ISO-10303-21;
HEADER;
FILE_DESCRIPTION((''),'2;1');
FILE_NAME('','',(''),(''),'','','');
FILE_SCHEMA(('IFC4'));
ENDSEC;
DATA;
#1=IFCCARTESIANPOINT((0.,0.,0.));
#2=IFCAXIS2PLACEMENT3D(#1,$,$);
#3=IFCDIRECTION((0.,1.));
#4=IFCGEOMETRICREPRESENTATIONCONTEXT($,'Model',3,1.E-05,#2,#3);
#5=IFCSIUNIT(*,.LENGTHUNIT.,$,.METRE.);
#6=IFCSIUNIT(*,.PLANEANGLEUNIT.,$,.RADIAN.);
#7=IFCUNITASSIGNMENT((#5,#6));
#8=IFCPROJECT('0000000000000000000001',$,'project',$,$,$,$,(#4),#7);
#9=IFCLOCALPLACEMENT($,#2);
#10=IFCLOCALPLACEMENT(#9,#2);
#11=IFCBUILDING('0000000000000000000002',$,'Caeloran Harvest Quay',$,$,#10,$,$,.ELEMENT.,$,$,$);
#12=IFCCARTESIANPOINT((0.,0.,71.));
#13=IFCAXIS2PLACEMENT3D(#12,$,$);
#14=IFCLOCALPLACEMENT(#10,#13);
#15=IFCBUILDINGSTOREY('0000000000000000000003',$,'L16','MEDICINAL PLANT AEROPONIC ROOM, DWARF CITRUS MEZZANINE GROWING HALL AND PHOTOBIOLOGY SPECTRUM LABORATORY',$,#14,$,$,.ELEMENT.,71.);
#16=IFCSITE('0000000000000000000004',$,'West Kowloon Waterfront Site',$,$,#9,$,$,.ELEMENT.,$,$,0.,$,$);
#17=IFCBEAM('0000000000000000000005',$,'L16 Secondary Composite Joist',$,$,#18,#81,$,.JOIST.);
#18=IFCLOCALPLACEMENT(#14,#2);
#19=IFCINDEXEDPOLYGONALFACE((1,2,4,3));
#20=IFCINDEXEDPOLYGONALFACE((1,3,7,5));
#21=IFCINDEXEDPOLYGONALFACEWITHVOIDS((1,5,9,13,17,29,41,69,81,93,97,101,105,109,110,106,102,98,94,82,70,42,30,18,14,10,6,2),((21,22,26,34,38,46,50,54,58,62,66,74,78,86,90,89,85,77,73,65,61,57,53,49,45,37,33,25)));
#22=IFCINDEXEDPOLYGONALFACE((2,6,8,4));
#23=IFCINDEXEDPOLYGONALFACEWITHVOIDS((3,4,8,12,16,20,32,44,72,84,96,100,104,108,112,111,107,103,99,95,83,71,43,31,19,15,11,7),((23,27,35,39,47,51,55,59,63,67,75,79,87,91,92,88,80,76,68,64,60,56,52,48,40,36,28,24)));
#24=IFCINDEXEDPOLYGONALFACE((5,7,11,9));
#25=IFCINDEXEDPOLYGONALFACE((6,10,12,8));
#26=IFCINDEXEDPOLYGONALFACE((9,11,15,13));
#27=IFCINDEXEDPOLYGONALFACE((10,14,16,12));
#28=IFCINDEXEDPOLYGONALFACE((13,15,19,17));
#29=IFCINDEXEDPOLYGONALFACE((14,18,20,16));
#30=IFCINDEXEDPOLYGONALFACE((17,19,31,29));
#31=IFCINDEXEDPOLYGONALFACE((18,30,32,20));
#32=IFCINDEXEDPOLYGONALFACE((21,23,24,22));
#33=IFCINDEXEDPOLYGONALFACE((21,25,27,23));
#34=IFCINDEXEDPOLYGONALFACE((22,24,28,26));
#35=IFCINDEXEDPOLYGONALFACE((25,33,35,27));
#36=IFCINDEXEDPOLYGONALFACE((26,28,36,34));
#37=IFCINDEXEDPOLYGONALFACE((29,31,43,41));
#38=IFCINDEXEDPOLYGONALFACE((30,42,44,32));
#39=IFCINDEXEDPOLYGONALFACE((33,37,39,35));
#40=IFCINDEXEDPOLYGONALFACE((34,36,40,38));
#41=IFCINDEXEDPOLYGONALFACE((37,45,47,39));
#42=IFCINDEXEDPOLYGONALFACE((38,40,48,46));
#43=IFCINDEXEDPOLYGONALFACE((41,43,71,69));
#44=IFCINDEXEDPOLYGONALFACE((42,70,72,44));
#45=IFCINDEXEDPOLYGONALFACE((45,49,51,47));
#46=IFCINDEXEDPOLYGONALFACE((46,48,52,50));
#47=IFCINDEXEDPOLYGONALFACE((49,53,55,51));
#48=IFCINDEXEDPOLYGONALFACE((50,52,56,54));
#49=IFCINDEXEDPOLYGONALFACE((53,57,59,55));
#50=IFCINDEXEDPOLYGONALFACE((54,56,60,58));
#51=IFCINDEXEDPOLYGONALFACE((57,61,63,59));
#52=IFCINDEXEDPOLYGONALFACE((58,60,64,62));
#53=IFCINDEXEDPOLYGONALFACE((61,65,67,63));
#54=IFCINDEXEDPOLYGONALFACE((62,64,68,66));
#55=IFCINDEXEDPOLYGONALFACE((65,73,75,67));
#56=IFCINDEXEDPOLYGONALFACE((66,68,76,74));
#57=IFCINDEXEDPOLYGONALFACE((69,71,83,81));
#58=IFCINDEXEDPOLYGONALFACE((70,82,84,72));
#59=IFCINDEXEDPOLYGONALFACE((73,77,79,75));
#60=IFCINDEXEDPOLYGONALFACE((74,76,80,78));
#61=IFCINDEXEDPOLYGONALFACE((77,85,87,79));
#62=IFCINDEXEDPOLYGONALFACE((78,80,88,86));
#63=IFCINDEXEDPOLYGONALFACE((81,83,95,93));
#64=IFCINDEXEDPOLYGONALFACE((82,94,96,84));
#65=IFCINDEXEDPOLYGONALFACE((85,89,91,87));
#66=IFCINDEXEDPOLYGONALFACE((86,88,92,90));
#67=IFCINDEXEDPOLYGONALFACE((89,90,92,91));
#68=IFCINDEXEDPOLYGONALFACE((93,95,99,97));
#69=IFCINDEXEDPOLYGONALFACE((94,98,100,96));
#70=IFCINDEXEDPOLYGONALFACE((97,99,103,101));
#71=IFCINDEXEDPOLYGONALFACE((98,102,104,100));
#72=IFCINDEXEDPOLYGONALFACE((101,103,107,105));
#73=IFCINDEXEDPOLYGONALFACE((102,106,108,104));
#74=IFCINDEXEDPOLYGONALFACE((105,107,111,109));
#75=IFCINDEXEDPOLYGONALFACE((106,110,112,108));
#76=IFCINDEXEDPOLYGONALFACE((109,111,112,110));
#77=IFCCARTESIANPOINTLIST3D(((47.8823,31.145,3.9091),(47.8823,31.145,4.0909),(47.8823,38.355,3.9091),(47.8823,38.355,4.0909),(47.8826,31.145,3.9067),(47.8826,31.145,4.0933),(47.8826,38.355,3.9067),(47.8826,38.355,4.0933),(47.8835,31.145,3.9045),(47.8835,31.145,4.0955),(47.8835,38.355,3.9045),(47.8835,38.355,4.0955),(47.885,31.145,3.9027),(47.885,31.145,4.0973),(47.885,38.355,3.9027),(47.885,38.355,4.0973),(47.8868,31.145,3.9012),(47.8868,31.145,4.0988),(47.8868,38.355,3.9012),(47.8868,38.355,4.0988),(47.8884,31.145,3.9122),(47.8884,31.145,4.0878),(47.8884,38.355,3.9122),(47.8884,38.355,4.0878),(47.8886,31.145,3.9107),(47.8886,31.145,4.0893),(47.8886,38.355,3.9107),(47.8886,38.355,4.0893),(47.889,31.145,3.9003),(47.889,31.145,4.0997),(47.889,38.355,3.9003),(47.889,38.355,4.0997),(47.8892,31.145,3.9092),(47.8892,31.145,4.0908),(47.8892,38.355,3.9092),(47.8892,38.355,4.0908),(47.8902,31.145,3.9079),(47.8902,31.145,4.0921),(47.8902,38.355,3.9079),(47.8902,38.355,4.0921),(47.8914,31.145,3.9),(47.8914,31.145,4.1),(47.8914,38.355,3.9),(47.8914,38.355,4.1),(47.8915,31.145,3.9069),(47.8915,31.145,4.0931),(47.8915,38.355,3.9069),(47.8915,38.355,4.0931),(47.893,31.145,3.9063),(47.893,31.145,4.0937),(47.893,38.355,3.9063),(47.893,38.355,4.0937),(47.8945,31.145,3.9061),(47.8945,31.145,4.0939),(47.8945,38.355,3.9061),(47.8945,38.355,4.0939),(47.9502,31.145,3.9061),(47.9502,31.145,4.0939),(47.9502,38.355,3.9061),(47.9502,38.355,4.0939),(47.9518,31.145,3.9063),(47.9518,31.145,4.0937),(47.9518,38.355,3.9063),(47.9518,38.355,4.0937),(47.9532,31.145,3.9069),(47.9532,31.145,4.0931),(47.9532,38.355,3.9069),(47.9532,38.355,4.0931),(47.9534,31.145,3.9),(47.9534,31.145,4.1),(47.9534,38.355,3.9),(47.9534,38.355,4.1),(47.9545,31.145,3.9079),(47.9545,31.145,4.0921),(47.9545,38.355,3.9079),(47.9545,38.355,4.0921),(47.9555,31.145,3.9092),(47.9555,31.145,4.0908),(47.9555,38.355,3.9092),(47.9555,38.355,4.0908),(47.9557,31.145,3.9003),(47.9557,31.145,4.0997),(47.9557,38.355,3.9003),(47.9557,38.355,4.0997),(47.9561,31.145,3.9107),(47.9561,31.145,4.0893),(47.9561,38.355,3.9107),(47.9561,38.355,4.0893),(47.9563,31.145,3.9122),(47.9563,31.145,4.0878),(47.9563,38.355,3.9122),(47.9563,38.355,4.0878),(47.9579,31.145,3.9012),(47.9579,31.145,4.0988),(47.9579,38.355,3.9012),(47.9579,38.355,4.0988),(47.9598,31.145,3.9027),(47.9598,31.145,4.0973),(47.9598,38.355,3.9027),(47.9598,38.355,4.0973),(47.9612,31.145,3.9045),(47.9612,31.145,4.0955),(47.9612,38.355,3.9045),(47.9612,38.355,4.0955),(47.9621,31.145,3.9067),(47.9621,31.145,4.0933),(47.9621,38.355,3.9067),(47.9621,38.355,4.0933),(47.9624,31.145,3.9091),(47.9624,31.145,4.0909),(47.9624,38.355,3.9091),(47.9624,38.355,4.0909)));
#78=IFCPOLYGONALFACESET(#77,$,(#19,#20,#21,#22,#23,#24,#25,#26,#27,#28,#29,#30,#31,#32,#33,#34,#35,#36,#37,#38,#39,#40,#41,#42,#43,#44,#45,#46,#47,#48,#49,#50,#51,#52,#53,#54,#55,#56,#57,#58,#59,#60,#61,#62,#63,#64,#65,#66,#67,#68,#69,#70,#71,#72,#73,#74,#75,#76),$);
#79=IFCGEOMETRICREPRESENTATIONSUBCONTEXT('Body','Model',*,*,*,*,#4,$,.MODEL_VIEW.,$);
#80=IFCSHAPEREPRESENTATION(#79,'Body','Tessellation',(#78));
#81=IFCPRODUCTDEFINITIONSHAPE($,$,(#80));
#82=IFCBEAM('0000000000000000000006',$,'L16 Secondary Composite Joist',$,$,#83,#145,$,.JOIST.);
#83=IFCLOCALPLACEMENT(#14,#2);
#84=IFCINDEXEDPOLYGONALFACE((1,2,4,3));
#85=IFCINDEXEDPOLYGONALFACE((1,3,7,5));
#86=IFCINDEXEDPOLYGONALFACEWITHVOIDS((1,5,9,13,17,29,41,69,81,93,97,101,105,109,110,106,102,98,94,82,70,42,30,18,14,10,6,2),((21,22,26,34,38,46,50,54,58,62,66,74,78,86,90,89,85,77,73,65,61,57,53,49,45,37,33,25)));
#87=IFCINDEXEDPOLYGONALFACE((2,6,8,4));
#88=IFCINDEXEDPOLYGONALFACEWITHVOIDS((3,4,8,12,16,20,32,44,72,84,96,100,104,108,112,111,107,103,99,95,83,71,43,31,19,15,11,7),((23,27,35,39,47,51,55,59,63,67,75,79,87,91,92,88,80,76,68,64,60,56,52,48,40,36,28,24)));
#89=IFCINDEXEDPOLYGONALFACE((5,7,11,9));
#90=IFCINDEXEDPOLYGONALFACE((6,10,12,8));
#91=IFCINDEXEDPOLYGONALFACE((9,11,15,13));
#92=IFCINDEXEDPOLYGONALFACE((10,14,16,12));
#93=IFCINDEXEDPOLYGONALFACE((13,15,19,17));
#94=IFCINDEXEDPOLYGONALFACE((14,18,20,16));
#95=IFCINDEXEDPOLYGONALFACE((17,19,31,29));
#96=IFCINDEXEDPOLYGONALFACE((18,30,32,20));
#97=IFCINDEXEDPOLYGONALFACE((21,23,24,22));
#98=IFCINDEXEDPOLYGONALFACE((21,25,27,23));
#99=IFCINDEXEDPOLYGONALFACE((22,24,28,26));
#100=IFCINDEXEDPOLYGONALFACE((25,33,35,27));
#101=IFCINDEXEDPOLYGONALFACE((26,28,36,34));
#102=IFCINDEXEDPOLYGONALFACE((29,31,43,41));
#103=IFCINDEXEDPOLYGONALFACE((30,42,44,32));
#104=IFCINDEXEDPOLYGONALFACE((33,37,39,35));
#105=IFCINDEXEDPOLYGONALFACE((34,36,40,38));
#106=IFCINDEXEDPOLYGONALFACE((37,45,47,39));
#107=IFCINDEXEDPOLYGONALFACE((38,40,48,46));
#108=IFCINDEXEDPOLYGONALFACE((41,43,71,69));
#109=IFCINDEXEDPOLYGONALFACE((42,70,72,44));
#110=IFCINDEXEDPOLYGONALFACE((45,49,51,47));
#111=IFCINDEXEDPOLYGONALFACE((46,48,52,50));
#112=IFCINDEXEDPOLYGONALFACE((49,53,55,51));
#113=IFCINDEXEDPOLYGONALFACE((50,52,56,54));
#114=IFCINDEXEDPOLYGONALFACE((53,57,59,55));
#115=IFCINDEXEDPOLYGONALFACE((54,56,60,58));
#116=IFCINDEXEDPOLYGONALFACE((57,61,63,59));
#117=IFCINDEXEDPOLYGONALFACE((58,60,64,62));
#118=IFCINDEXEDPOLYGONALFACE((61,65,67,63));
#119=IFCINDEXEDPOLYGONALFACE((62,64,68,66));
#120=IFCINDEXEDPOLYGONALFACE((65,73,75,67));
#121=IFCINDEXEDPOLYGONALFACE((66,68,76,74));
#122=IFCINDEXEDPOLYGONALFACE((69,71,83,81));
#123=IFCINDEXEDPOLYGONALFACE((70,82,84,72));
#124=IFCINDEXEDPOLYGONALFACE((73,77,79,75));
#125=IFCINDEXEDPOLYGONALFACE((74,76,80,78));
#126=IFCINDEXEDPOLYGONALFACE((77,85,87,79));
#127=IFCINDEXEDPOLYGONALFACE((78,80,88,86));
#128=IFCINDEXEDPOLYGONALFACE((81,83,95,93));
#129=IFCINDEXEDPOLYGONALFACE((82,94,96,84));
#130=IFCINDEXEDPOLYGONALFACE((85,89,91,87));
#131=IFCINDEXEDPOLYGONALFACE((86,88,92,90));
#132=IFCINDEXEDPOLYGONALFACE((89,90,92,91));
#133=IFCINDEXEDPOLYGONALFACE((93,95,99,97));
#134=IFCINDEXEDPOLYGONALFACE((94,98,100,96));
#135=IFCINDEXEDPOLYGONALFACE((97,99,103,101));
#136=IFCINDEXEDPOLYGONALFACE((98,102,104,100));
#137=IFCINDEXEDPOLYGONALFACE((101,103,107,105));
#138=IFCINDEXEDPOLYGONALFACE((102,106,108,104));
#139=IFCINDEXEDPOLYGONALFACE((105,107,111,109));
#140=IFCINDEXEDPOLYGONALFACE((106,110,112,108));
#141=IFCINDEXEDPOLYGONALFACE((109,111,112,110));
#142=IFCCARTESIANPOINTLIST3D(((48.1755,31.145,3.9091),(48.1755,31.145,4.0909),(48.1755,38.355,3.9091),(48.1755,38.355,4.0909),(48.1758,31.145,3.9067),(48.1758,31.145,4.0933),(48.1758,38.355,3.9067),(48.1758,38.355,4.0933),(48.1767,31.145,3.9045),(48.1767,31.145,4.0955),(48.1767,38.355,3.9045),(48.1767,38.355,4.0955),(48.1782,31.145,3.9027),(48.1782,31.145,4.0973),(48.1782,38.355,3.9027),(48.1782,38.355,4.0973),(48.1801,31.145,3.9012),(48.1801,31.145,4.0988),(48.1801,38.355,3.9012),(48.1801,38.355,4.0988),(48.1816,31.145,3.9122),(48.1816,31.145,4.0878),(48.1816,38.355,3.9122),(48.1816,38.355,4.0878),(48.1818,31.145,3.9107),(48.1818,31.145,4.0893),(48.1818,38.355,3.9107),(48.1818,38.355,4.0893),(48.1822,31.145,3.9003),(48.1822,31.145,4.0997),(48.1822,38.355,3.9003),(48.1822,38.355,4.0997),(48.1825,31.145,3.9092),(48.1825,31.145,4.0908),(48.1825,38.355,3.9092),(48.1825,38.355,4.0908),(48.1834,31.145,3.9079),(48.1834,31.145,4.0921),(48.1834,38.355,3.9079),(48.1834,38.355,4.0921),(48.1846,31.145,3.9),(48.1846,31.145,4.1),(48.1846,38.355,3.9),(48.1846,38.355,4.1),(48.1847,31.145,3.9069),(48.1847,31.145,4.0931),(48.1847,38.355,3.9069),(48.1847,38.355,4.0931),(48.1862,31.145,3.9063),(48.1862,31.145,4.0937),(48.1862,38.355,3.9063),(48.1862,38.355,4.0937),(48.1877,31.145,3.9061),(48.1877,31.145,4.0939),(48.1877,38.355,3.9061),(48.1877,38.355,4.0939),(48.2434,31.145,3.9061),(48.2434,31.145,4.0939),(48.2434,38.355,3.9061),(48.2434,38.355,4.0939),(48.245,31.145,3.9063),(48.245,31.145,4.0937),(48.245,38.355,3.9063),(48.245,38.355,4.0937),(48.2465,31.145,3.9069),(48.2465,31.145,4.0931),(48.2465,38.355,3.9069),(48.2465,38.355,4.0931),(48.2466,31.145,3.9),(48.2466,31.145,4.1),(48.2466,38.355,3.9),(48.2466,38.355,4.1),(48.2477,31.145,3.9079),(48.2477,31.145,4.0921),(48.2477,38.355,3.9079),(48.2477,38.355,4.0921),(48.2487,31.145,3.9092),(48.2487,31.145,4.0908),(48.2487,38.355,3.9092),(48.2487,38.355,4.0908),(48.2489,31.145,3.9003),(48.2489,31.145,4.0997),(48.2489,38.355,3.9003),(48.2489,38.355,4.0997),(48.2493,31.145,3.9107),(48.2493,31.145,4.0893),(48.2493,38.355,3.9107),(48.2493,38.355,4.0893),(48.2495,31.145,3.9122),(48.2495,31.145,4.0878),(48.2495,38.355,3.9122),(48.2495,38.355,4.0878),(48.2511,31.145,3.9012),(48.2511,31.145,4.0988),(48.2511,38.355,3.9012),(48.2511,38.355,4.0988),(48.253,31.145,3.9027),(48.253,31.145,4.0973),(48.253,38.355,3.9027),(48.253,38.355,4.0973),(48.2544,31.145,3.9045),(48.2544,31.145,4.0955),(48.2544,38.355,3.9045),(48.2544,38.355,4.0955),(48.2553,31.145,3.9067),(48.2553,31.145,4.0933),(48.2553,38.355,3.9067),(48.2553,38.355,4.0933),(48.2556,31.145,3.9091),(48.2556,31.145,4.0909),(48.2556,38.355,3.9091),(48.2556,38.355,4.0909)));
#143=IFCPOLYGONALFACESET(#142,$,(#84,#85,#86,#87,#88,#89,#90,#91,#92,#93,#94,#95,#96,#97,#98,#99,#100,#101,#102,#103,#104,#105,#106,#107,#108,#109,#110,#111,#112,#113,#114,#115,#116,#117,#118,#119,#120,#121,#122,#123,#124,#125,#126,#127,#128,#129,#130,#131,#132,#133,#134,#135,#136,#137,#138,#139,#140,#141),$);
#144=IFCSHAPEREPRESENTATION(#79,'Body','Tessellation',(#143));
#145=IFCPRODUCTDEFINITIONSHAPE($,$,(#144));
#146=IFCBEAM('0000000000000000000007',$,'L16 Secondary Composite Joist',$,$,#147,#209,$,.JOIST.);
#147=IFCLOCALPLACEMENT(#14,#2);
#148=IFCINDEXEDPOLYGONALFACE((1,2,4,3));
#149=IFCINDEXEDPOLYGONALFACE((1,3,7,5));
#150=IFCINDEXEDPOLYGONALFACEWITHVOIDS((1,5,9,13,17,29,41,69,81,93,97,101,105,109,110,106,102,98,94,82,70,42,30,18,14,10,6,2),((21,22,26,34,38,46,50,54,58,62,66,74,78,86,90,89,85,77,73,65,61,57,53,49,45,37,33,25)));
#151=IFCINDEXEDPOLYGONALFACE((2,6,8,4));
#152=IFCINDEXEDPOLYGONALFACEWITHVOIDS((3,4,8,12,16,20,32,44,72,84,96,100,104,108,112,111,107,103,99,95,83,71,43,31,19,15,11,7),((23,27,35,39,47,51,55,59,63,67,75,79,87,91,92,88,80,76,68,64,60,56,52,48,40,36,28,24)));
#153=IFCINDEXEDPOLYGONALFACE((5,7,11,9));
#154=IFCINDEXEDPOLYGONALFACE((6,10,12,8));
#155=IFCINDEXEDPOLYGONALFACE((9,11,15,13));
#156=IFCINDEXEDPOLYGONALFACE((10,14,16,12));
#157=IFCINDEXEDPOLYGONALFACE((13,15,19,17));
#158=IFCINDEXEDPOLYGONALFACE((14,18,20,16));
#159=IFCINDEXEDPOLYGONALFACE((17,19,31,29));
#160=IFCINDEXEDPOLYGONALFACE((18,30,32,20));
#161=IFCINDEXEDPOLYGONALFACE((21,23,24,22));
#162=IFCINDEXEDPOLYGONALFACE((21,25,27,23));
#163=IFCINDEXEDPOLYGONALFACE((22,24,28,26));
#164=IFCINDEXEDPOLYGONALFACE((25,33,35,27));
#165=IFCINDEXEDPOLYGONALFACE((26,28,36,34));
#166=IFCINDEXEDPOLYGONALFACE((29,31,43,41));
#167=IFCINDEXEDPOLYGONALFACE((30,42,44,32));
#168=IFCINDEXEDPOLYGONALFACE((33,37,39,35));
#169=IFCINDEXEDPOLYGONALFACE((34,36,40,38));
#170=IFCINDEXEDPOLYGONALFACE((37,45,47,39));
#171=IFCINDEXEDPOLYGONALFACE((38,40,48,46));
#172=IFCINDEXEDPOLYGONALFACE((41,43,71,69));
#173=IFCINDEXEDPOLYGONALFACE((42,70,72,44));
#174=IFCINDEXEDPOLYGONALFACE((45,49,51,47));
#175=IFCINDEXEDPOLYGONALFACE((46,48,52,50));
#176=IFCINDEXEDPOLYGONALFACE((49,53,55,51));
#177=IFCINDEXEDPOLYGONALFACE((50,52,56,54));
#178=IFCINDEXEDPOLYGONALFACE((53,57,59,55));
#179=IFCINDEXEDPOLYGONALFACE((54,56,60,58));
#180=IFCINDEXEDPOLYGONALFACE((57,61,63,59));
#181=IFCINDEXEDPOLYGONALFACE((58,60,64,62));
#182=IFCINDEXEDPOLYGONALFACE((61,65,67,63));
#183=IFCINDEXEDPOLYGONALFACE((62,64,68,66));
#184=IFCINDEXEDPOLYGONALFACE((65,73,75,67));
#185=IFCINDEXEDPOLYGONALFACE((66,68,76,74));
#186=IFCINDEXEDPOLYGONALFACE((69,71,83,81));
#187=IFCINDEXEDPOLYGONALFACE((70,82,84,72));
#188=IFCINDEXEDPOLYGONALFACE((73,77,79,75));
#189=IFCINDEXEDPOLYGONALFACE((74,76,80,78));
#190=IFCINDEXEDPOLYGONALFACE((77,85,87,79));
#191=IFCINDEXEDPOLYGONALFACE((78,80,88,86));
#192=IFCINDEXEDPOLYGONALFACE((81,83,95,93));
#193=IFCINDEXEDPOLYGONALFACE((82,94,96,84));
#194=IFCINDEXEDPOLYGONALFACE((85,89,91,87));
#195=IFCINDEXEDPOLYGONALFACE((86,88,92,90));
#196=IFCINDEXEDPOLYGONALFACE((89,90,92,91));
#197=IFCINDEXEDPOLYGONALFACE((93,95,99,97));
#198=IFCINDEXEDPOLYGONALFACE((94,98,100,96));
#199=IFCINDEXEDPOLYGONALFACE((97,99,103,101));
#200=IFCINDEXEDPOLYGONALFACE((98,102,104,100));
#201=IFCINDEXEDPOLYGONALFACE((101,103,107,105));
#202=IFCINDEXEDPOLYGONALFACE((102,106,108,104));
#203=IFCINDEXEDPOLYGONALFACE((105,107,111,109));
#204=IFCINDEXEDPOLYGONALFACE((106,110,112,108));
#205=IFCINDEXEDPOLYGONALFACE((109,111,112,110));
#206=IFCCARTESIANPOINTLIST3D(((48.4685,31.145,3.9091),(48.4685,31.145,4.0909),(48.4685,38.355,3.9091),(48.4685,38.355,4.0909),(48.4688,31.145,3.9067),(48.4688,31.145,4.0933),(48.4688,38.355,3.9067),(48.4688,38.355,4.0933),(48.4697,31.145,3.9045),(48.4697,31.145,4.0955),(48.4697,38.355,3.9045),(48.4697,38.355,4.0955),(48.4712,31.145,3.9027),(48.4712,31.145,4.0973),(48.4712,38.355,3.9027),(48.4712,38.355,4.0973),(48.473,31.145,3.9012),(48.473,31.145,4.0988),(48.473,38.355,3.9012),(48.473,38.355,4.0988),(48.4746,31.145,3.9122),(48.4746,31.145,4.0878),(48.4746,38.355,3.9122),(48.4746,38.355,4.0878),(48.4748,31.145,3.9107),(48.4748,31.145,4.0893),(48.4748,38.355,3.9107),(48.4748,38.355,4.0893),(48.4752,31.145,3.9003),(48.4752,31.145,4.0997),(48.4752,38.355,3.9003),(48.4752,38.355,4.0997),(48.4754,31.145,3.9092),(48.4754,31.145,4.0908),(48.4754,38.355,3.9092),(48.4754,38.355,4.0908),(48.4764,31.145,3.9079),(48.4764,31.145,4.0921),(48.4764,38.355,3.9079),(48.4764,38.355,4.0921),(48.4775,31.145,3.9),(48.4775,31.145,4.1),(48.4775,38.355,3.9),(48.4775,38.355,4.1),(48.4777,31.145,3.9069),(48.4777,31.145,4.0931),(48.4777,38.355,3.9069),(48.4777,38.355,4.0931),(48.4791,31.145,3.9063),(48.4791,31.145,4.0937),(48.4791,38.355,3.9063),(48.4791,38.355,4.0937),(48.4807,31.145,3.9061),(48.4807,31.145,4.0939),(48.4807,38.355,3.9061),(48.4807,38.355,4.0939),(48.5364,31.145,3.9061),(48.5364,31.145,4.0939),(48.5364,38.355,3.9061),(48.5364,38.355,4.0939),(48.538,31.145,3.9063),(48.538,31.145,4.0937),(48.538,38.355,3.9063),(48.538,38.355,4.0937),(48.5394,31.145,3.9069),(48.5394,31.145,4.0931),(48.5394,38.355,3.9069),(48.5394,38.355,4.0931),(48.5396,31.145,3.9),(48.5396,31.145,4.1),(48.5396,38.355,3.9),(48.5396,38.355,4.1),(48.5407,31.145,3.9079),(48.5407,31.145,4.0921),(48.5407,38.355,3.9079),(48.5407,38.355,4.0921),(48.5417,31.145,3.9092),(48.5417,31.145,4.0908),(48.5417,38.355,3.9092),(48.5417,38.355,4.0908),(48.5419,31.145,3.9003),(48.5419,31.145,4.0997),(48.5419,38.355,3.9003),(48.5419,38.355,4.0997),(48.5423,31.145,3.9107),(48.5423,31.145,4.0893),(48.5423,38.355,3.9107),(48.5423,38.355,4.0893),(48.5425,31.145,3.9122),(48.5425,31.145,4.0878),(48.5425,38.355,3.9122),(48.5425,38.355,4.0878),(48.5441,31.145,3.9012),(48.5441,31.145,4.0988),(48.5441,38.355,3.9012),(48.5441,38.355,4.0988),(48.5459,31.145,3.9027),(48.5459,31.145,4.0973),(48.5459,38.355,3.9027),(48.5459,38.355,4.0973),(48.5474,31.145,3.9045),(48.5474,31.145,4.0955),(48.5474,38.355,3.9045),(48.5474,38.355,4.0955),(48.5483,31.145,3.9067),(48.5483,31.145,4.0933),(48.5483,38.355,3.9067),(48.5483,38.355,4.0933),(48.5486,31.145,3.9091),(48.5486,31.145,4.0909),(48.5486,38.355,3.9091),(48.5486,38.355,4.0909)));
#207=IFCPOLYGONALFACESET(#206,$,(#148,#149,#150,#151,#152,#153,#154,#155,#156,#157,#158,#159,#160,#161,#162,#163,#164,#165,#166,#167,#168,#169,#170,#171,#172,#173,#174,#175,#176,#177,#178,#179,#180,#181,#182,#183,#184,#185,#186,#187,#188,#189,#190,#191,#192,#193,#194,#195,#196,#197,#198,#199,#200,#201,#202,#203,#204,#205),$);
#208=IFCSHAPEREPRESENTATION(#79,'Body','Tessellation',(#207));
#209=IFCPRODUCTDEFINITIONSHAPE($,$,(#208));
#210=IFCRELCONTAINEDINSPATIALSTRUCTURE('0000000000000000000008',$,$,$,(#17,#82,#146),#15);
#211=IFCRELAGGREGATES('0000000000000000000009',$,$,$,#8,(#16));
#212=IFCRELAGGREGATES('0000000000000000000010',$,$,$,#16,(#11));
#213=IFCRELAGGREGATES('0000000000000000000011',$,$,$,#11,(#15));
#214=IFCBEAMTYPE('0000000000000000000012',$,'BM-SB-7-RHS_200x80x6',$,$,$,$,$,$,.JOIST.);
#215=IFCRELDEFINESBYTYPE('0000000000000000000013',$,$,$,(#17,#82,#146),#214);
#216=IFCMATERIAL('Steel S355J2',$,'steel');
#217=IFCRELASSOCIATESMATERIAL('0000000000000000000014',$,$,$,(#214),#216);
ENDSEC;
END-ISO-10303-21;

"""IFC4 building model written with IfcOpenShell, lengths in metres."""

from ifc_helpers import new_model, si_unit, direction, frame, origin, origin_2d, place, context, subcontext, project, spatial, hollow_rectangle, extrude, material, material_profile, profile_set, type_object, element, save


model = new_model("IFC4")

# Units and contexts
model_context = context("Model", 3, precision=1e-05, world=origin(), true_north=direction((0.0, 1.0)))
body_context = subcontext(model_context, "Body", "Model", "MODEL_VIEW")
ifc_project = project(units=[si_unit("LENGTHUNIT", "METRE"), si_unit("PLANEANGLEUNIT", "RADIAN")], contexts=[model_context])

# Site, building, storey
site_placement = place(None, origin())
site = spatial("IfcSite", under=ifc_project, at=site_placement, Name="West Kowloon Waterfront Site", CompositionType="ELEMENT", RefElevation=0.0)
building_placement = place(site_placement, origin())
building = spatial("IfcBuilding", under=site, at=building_placement, Name="Caeloran Harvest Quay", CompositionType="ELEMENT")
storey_placement = place(building_placement, frame((0.0, 0.0, 71.0)))
storey = spatial("IfcBuildingStorey", under=building, at=storey_placement, Name="L16", Description="MEDICINAL PLANT AEROPONIC ROOM, DWARF CITRUS MEZZANINE GROWING HALL AND PHOTOBIOLOGY SPECTRUM LABORATORY", CompositionType="ELEMENT", Elevation=71.0)

# Beams
ifc_material_1 = material(Name="Steel S355J2", Category="steel")
ifc_material_profile_1 = material_profile(ifc_material_1, hollow_rectangle(XDim=0.0801, YDim=0.2, WallThickness=0.0061, InnerFilletRadius=0.0061, OuterFilletRadius=0.009, at=origin_2d()), Name="RHS 200x80x6")
ifc_profile_set_1 = profile_set([ifc_material_profile_1], Name="Steel S355J2")
beam_type_1 = type_object("IfcBeamType", Name="BM-SB-7-RHS_200x80x6", PredefinedType="JOIST", material=ifc_profile_set_1)
for number, where, z_axis, x_axis, name in (
    (1, (47.9224, 31.145, 4.0), (0.0, 1.0, 0.0), (-1.0, 0.0, 0.0), "L16 Secondary Composite Joist"),
    (2, (48.2156, 31.145, 4.0), (0.0, 1.0, 0.0), (-1.0, 0.0, 0.0), "L16 Secondary Composite Joist"),
    (3, (48.5085, 31.145, 4.0), (0.0, 1.0, 0.0), (-1.0, 0.0, 0.0), "L16 Secondary Composite Joist"),
):
    element("IfcBeam", number, at=place(storey_placement, frame(where, z_axis=z_axis, x_axis=x_axis)), inside=storey, type_object=beam_type_1, Name=name, PredefinedType="JOIST", context=body_context, shape_type="SweptSolid", body=[
        extrude(hollow_rectangle(XDim=0.0801, YDim=0.2, WallThickness=0.0061, InnerFilletRadius=0.0061, OuterFilletRadius=0.009, at=origin_2d()), origin(), (0.0, 0.0, 1.0), 7.21),
    ])

save(model, "model.ifc")
